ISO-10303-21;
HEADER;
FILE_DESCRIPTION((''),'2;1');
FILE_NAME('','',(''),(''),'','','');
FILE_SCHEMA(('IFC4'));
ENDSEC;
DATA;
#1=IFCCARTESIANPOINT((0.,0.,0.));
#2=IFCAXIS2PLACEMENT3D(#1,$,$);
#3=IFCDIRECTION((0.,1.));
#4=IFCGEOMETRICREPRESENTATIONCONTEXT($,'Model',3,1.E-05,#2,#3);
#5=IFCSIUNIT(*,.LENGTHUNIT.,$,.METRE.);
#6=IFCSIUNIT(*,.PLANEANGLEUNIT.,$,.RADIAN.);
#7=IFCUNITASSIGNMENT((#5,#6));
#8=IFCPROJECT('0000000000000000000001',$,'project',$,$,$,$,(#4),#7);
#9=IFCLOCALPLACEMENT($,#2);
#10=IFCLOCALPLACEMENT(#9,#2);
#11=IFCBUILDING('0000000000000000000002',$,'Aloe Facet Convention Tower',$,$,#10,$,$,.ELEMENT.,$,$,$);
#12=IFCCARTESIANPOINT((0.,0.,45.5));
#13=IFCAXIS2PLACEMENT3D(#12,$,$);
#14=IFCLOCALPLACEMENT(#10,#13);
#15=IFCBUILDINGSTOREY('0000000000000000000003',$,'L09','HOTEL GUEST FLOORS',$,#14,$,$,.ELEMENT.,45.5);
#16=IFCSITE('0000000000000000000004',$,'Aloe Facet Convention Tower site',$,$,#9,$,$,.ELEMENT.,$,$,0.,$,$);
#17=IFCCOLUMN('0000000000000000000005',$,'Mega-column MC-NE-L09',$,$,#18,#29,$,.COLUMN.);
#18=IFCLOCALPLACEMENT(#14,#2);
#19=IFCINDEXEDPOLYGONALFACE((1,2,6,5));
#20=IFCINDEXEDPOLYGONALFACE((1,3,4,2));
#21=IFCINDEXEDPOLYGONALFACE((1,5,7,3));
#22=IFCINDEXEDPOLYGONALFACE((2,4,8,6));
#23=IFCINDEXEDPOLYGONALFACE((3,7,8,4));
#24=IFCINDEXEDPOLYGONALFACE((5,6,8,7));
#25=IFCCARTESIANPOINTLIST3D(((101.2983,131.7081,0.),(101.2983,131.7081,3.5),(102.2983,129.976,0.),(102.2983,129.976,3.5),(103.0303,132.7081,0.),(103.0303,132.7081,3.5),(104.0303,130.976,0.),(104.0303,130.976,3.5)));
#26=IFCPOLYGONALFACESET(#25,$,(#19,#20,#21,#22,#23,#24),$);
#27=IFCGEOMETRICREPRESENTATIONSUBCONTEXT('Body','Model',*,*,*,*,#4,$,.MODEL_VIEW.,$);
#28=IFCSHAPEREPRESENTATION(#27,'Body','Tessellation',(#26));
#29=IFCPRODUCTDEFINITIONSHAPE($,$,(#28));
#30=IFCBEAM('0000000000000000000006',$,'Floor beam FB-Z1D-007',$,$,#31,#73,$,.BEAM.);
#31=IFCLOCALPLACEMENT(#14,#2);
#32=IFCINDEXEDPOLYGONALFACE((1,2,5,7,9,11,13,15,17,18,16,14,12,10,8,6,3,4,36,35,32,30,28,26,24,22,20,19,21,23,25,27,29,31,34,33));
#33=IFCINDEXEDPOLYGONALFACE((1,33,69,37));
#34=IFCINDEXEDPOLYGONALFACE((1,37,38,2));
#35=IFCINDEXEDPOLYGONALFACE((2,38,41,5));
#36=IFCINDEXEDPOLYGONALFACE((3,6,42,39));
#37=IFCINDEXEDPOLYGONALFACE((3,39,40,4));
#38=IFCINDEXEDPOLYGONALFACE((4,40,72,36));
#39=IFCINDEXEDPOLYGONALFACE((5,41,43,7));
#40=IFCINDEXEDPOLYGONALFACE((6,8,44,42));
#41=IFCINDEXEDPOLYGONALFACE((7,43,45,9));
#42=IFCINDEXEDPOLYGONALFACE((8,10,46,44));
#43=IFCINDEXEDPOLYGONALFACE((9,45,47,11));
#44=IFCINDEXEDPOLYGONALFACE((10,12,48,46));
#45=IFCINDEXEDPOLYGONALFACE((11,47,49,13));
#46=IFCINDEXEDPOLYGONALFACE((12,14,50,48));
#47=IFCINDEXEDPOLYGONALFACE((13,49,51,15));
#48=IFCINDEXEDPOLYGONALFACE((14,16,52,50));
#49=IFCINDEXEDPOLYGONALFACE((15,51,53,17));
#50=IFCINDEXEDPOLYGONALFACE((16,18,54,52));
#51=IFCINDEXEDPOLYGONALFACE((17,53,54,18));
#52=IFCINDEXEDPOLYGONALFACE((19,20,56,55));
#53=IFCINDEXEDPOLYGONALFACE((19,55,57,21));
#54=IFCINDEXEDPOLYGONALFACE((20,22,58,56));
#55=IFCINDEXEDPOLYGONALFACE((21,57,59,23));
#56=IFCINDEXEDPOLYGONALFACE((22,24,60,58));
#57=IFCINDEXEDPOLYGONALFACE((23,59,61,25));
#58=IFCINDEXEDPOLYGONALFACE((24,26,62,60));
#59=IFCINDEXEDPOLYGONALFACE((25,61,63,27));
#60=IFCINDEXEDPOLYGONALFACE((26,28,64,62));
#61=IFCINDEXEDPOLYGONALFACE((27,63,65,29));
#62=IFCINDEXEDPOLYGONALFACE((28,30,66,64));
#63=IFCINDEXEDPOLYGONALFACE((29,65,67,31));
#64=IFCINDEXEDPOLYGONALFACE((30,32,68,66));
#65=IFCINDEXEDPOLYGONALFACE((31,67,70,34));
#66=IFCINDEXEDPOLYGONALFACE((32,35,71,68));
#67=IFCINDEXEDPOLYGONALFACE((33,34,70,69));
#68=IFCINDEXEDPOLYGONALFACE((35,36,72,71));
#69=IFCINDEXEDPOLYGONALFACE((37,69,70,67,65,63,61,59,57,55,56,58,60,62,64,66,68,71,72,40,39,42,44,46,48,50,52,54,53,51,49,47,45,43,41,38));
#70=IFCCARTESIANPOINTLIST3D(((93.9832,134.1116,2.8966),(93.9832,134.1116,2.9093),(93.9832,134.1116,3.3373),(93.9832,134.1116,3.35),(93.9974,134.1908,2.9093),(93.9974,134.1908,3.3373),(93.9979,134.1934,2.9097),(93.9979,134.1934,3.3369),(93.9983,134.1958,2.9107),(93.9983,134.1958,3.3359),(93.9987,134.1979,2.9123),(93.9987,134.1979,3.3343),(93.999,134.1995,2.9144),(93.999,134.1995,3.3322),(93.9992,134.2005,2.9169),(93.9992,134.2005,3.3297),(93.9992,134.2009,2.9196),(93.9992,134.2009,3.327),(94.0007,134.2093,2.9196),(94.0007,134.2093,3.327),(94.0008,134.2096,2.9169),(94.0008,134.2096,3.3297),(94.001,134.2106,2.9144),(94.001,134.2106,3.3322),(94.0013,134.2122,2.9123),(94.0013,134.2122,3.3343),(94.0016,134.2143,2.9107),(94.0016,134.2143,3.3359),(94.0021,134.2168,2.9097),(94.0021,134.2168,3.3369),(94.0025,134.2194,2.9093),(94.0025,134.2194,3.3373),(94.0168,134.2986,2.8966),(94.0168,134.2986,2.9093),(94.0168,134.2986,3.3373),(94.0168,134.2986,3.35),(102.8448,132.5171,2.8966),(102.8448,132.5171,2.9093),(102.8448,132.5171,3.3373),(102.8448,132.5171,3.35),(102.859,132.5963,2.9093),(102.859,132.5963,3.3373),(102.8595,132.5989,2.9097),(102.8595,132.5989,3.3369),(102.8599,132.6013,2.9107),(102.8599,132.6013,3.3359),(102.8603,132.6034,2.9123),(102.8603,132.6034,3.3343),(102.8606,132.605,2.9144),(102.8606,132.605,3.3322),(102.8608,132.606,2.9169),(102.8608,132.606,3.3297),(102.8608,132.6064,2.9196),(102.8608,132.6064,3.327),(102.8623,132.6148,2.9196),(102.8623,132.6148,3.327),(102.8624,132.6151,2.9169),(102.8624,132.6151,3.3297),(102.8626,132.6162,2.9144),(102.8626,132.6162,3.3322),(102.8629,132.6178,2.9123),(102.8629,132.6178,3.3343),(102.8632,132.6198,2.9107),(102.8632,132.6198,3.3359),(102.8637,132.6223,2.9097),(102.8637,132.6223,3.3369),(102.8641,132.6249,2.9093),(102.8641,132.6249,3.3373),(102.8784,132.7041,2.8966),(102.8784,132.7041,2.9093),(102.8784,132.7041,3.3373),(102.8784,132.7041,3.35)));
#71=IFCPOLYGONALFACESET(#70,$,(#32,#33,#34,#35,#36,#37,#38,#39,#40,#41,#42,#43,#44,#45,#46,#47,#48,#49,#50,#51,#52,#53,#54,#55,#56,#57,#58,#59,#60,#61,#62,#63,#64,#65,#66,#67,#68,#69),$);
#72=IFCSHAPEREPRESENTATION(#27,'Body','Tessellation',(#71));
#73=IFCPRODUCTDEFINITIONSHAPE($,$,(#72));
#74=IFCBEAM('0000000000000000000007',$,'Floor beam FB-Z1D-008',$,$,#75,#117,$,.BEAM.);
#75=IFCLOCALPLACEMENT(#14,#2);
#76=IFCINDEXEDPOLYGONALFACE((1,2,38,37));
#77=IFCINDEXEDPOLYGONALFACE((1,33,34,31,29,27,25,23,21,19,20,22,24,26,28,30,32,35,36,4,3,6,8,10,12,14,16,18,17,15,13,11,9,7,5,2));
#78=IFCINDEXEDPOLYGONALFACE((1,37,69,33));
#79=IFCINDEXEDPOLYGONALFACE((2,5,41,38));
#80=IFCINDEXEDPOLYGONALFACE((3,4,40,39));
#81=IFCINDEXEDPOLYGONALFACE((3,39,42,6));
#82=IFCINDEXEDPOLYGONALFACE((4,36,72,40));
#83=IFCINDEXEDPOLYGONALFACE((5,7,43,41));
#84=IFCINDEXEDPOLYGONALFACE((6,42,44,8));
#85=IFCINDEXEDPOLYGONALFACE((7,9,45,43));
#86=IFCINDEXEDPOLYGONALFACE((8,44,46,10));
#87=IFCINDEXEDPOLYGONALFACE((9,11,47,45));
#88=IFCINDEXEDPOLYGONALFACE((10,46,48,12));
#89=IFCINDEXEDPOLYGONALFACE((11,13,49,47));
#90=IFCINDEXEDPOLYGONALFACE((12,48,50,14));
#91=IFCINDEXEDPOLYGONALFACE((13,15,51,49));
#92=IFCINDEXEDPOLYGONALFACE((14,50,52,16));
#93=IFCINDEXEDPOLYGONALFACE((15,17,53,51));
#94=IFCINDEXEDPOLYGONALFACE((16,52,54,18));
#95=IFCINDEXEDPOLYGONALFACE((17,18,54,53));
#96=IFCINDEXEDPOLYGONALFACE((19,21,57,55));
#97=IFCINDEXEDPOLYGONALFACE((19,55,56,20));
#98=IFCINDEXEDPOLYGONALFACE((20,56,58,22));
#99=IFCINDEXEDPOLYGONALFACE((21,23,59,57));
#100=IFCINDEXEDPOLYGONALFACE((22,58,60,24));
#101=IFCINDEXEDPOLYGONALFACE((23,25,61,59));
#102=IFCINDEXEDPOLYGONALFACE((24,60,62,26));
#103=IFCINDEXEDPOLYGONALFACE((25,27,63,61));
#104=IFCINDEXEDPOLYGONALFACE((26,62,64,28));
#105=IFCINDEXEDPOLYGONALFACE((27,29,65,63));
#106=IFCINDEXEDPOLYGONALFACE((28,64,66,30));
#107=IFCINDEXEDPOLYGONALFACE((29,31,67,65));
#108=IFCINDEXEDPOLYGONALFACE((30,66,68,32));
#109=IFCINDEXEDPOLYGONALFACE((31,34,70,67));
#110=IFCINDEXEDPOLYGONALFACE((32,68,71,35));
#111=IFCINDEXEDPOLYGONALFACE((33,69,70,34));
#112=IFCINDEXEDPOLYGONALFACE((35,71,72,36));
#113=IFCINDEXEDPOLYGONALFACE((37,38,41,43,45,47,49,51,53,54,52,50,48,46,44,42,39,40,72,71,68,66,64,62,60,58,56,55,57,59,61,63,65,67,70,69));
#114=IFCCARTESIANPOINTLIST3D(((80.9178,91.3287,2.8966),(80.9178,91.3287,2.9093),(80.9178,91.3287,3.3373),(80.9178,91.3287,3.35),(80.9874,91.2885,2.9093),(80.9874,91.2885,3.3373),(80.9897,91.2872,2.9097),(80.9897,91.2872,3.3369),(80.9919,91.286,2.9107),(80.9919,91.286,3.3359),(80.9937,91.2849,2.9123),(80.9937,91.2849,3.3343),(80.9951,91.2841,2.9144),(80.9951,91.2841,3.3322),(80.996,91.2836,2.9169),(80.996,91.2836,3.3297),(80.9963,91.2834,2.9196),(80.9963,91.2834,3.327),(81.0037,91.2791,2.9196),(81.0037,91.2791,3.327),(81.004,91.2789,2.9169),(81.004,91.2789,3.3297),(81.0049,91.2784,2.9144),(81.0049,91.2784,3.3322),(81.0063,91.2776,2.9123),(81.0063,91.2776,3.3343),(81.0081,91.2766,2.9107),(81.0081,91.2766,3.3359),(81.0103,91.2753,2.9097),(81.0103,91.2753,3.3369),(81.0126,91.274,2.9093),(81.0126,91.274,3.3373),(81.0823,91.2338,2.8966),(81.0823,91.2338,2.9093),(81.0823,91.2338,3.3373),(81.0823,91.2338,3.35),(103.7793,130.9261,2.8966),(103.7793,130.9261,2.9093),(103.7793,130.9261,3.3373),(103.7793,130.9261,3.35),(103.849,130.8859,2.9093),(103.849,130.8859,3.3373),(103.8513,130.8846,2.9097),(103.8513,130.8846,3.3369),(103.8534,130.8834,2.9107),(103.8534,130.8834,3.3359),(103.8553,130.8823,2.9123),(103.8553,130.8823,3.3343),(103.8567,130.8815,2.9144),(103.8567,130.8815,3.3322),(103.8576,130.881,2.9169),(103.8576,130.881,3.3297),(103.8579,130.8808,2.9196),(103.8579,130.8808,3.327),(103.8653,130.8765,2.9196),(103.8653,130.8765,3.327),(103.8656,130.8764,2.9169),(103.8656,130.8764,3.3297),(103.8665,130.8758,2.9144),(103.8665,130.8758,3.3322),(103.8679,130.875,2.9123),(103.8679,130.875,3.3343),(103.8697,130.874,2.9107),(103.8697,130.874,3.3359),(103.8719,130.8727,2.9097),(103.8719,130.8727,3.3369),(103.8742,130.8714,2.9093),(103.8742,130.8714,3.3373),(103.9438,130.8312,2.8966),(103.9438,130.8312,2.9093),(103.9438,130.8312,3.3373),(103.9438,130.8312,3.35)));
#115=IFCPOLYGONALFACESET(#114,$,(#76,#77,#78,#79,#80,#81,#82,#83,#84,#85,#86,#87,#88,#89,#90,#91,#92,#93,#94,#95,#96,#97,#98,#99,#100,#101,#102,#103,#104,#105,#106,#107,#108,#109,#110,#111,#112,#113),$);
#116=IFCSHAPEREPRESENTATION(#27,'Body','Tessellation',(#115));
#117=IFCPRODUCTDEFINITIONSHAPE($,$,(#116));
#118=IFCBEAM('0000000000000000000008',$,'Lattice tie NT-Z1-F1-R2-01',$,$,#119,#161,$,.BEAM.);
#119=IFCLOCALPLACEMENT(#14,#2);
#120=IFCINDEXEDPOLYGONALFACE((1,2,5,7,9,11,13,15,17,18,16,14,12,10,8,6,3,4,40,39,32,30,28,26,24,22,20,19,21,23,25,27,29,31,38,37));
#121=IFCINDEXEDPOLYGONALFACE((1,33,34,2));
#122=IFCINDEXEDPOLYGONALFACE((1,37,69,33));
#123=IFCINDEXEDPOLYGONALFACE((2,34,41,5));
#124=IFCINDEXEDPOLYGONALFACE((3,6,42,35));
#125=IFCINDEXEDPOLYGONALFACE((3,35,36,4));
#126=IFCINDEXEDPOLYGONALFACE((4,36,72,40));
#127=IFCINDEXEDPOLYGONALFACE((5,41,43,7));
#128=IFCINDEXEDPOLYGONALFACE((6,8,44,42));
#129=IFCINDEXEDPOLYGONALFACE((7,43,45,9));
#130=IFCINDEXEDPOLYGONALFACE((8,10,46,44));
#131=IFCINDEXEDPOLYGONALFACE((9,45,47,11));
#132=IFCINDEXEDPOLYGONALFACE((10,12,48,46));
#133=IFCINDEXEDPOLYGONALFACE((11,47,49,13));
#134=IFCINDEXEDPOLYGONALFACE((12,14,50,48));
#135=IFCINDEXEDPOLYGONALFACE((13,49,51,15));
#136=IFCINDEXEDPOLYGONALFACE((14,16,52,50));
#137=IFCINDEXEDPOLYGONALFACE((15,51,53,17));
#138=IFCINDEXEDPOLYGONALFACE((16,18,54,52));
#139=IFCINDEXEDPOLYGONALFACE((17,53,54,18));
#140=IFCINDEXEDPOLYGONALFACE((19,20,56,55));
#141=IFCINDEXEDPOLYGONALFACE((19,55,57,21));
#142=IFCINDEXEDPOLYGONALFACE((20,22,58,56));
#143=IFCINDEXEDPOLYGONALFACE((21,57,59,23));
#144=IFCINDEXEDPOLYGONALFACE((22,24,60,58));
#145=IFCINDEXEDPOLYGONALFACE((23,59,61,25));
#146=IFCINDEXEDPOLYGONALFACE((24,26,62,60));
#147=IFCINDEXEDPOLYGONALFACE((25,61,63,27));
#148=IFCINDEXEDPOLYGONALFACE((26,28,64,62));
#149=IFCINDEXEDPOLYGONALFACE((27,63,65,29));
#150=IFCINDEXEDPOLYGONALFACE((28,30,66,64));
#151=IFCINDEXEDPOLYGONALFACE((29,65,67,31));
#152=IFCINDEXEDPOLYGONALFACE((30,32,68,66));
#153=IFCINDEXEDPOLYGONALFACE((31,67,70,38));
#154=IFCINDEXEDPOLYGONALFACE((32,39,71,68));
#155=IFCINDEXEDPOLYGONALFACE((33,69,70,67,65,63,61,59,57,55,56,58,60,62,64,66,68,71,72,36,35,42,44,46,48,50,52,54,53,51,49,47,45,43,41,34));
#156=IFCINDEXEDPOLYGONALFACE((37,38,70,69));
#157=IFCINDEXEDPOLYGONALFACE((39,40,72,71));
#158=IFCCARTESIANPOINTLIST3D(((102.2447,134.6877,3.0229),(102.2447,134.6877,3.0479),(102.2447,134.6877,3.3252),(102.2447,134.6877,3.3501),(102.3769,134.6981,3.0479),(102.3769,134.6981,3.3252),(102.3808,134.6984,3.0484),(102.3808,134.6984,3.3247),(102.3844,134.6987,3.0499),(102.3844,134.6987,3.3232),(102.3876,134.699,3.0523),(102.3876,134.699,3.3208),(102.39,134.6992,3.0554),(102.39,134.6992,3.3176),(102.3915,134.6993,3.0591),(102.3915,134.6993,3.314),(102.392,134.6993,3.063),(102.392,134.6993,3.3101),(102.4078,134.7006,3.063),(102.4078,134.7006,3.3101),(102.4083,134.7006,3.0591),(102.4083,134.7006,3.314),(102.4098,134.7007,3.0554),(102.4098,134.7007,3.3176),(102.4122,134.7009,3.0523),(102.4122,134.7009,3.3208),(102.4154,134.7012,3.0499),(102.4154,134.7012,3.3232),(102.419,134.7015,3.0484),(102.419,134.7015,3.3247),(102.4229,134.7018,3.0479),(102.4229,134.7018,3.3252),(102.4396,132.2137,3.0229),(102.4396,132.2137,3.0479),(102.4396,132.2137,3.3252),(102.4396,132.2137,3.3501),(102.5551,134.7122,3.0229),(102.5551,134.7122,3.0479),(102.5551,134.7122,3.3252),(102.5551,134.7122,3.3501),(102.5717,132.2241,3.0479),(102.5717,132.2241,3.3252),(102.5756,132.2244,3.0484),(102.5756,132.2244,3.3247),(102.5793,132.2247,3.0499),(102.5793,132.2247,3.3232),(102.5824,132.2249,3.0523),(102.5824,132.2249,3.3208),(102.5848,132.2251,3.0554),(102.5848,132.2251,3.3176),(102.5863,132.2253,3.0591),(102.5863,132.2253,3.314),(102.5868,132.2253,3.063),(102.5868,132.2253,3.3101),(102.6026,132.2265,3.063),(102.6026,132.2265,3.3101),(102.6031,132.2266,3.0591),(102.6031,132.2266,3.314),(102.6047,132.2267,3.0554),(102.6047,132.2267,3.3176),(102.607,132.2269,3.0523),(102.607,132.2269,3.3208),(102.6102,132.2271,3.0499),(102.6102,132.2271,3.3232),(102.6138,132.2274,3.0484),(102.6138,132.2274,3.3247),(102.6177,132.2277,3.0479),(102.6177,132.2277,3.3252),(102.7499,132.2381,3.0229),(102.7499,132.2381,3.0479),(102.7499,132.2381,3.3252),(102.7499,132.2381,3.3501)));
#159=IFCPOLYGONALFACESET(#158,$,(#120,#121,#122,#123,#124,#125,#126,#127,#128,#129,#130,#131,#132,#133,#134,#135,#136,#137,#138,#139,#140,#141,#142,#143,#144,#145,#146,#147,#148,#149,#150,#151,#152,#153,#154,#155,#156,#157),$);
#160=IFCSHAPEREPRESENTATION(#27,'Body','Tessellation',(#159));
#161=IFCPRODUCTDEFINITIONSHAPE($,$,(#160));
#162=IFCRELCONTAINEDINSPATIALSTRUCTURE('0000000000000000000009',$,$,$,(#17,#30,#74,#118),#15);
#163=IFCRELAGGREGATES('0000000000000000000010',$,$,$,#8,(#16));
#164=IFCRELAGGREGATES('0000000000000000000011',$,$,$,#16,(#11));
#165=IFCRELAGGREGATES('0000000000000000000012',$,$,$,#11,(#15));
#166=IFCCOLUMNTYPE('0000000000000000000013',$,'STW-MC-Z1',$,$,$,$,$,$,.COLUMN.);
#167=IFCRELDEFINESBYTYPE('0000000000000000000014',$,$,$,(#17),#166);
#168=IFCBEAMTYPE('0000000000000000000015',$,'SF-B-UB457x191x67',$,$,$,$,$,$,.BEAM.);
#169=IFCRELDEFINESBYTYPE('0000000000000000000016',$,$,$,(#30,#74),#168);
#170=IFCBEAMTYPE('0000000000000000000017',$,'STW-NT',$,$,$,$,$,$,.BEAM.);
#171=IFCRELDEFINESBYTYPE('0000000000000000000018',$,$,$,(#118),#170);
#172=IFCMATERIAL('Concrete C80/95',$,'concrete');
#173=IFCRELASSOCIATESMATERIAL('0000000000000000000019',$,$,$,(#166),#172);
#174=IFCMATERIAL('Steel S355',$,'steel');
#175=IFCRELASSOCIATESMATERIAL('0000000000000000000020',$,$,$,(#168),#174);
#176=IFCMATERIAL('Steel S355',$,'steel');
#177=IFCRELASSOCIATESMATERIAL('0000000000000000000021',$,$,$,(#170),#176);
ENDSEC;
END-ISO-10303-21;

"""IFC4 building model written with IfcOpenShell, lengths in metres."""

from ifc_helpers import new_model, si_unit, direction, frame, origin, origin_2d, place, context, subcontext, project, spatial, rectangle, i_section, extrude, material, material_profile, profile_set, type_object, element, save


model = new_model("IFC4")

# Units and contexts
model_context = context("Model", 3, precision=1e-05, world=origin(), true_north=direction((0.0, 1.0)))
body_context = subcontext(model_context, "Body", "Model", "MODEL_VIEW")
ifc_project = project(units=[si_unit("LENGTHUNIT", "METRE"), si_unit("PLANEANGLEUNIT", "RADIAN")], contexts=[model_context])

# Site, building, storey
site_placement = place(None, origin())
site = spatial("IfcSite", under=ifc_project, at=site_placement, Name="Aloe Facet Convention Tower site", CompositionType="ELEMENT", RefElevation=0.0)
building_placement = place(site_placement, origin())
building = spatial("IfcBuilding", under=site, at=building_placement, Name="Aloe Facet Convention Tower", CompositionType="ELEMENT")
storey_placement = place(building_placement, frame((0.0, 0.0, 45.5)))
storey = spatial("IfcBuildingStorey", under=building, at=storey_placement, Name="L09", Description="HOTEL GUEST FLOORS", CompositionType="ELEMENT", Elevation=45.5)

# Column
ifc_material_1 = material(Name="Concrete C80/95", Category="concrete")
ifc_material_profile_1 = material_profile(ifc_material_1, rectangle(XDim=2.0, YDim=2.0, at=origin_2d()), Name="STW-MC-Z1")
ifc_profile_set_1 = profile_set([ifc_material_profile_1], Name="Concrete C80/95")
column_type = type_object("IfcColumnType", Name="STW-MC-Z1", PredefinedType="COLUMN", material=ifc_profile_set_1)
column_placement = place(storey_placement, frame((102.6643, 131.342, 0.0), z_axis=(0.0, 0.0, 1.0), x_axis=(-0.5, 0.866025, 0.0)))
element("IfcColumn", 1, at=column_placement, inside=storey, type_object=column_type, Name="Mega-column MC-NE-L09", PredefinedType="COLUMN", context=body_context, shape_type="SweptSolid", body=[
    extrude(rectangle(XDim=2.0, YDim=2.0, at=origin_2d()), origin(), (0.0, 0.0, 1.0), 3.5),
])

# Beams
ifc_material_2 = material(Name="Steel S355", Category="steel")
ifc_material_profile_2 = material_profile(ifc_material_2, i_section(OverallWidth=0.1899, OverallDepth=0.4534, WebThickness=0.0085, FlangeThickness=0.0127, FilletRadius=0.0103, at=origin_2d()), Name="UB 457x191x67")
ifc_profile_set_2 = profile_set([ifc_material_profile_2], Name="Steel S355")
beam_type_1 = type_object("IfcBeamType", Name="SF-B-UB457x191x67", PredefinedType="BEAM", material=ifc_profile_set_2)
beam_1_placement = place(storey_placement, frame((102.8616, 132.6106, 3.1233), z_axis=(-0.984195, 0.177088, 0.0), x_axis=(-0.177088, -0.984195, 0.0)))
element("IfcBeam", 2, at=beam_1_placement, inside=storey, type_object=beam_type_1, Name="Floor beam FB-Z1D-007", PredefinedType="BEAM", context=body_context, shape_type="SweptSolid", body=[
    extrude(i_section(OverallWidth=0.1899, OverallDepth=0.4534, WebThickness=0.0085, FlangeThickness=0.0127, FilletRadius=0.0103, at=origin_2d()), origin(), (0.0, 0.0, 1.0), 9.0039),
])
beam_2_placement = place(storey_placement, frame((103.8616, 130.8787, 3.1233), z_axis=(-0.5, -0.866025, 0.0), x_axis=(0.866025, -0.5, 0.0)))
element("IfcBeam", 3, at=beam_2_placement, inside=storey, type_object=beam_type_1, Name="Floor beam FB-Z1D-008", PredefinedType="BEAM", context=body_context, shape_type="SweptSolid", body=[
    extrude(i_section(OverallWidth=0.1899, OverallDepth=0.4534, WebThickness=0.0085, FlangeThickness=0.0127, FilletRadius=0.0103, at=origin_2d()), origin(), (0.0, 0.0, 1.0), 45.7231),
])
ifc_material_3 = material(Name="Steel S355", Category="steel")
ifc_material_profile_3 = material_profile(ifc_material_3, i_section(OverallWidth=0.3113, OverallDepth=0.3271, WebThickness=0.0159, FlangeThickness=0.0249, FilletRadius=0.0151, at=origin_2d()), Name="UC 305x305x158")
ifc_profile_set_3 = profile_set([ifc_material_profile_3], Name="Steel S355")
beam_type_2 = type_object("IfcBeamType", Name="STW-NT", PredefinedType="BEAM", material=ifc_profile_set_3)
beam_3_placement = place(storey_placement, frame((102.3999, 134.7, 3.1865), z_axis=(0.078502, -0.996914, 0.0), x_axis=(0.996914, 0.078502, 0.0)))
element("IfcBeam", 4, at=beam_3_placement, inside=storey, type_object=beam_type_2, Name="Lattice tie NT-Z1-F1-R2-01", PredefinedType="BEAM", context=body_context, shape_type="SweptSolid", body=[
    extrude(i_section(OverallWidth=0.3113, OverallDepth=0.3271, WebThickness=0.0159, FlangeThickness=0.0249, FilletRadius=0.0151, at=origin_2d()), origin(), (0.0, 0.0, 1.0), 2.4817),
])

save(model, "model.ifc")
